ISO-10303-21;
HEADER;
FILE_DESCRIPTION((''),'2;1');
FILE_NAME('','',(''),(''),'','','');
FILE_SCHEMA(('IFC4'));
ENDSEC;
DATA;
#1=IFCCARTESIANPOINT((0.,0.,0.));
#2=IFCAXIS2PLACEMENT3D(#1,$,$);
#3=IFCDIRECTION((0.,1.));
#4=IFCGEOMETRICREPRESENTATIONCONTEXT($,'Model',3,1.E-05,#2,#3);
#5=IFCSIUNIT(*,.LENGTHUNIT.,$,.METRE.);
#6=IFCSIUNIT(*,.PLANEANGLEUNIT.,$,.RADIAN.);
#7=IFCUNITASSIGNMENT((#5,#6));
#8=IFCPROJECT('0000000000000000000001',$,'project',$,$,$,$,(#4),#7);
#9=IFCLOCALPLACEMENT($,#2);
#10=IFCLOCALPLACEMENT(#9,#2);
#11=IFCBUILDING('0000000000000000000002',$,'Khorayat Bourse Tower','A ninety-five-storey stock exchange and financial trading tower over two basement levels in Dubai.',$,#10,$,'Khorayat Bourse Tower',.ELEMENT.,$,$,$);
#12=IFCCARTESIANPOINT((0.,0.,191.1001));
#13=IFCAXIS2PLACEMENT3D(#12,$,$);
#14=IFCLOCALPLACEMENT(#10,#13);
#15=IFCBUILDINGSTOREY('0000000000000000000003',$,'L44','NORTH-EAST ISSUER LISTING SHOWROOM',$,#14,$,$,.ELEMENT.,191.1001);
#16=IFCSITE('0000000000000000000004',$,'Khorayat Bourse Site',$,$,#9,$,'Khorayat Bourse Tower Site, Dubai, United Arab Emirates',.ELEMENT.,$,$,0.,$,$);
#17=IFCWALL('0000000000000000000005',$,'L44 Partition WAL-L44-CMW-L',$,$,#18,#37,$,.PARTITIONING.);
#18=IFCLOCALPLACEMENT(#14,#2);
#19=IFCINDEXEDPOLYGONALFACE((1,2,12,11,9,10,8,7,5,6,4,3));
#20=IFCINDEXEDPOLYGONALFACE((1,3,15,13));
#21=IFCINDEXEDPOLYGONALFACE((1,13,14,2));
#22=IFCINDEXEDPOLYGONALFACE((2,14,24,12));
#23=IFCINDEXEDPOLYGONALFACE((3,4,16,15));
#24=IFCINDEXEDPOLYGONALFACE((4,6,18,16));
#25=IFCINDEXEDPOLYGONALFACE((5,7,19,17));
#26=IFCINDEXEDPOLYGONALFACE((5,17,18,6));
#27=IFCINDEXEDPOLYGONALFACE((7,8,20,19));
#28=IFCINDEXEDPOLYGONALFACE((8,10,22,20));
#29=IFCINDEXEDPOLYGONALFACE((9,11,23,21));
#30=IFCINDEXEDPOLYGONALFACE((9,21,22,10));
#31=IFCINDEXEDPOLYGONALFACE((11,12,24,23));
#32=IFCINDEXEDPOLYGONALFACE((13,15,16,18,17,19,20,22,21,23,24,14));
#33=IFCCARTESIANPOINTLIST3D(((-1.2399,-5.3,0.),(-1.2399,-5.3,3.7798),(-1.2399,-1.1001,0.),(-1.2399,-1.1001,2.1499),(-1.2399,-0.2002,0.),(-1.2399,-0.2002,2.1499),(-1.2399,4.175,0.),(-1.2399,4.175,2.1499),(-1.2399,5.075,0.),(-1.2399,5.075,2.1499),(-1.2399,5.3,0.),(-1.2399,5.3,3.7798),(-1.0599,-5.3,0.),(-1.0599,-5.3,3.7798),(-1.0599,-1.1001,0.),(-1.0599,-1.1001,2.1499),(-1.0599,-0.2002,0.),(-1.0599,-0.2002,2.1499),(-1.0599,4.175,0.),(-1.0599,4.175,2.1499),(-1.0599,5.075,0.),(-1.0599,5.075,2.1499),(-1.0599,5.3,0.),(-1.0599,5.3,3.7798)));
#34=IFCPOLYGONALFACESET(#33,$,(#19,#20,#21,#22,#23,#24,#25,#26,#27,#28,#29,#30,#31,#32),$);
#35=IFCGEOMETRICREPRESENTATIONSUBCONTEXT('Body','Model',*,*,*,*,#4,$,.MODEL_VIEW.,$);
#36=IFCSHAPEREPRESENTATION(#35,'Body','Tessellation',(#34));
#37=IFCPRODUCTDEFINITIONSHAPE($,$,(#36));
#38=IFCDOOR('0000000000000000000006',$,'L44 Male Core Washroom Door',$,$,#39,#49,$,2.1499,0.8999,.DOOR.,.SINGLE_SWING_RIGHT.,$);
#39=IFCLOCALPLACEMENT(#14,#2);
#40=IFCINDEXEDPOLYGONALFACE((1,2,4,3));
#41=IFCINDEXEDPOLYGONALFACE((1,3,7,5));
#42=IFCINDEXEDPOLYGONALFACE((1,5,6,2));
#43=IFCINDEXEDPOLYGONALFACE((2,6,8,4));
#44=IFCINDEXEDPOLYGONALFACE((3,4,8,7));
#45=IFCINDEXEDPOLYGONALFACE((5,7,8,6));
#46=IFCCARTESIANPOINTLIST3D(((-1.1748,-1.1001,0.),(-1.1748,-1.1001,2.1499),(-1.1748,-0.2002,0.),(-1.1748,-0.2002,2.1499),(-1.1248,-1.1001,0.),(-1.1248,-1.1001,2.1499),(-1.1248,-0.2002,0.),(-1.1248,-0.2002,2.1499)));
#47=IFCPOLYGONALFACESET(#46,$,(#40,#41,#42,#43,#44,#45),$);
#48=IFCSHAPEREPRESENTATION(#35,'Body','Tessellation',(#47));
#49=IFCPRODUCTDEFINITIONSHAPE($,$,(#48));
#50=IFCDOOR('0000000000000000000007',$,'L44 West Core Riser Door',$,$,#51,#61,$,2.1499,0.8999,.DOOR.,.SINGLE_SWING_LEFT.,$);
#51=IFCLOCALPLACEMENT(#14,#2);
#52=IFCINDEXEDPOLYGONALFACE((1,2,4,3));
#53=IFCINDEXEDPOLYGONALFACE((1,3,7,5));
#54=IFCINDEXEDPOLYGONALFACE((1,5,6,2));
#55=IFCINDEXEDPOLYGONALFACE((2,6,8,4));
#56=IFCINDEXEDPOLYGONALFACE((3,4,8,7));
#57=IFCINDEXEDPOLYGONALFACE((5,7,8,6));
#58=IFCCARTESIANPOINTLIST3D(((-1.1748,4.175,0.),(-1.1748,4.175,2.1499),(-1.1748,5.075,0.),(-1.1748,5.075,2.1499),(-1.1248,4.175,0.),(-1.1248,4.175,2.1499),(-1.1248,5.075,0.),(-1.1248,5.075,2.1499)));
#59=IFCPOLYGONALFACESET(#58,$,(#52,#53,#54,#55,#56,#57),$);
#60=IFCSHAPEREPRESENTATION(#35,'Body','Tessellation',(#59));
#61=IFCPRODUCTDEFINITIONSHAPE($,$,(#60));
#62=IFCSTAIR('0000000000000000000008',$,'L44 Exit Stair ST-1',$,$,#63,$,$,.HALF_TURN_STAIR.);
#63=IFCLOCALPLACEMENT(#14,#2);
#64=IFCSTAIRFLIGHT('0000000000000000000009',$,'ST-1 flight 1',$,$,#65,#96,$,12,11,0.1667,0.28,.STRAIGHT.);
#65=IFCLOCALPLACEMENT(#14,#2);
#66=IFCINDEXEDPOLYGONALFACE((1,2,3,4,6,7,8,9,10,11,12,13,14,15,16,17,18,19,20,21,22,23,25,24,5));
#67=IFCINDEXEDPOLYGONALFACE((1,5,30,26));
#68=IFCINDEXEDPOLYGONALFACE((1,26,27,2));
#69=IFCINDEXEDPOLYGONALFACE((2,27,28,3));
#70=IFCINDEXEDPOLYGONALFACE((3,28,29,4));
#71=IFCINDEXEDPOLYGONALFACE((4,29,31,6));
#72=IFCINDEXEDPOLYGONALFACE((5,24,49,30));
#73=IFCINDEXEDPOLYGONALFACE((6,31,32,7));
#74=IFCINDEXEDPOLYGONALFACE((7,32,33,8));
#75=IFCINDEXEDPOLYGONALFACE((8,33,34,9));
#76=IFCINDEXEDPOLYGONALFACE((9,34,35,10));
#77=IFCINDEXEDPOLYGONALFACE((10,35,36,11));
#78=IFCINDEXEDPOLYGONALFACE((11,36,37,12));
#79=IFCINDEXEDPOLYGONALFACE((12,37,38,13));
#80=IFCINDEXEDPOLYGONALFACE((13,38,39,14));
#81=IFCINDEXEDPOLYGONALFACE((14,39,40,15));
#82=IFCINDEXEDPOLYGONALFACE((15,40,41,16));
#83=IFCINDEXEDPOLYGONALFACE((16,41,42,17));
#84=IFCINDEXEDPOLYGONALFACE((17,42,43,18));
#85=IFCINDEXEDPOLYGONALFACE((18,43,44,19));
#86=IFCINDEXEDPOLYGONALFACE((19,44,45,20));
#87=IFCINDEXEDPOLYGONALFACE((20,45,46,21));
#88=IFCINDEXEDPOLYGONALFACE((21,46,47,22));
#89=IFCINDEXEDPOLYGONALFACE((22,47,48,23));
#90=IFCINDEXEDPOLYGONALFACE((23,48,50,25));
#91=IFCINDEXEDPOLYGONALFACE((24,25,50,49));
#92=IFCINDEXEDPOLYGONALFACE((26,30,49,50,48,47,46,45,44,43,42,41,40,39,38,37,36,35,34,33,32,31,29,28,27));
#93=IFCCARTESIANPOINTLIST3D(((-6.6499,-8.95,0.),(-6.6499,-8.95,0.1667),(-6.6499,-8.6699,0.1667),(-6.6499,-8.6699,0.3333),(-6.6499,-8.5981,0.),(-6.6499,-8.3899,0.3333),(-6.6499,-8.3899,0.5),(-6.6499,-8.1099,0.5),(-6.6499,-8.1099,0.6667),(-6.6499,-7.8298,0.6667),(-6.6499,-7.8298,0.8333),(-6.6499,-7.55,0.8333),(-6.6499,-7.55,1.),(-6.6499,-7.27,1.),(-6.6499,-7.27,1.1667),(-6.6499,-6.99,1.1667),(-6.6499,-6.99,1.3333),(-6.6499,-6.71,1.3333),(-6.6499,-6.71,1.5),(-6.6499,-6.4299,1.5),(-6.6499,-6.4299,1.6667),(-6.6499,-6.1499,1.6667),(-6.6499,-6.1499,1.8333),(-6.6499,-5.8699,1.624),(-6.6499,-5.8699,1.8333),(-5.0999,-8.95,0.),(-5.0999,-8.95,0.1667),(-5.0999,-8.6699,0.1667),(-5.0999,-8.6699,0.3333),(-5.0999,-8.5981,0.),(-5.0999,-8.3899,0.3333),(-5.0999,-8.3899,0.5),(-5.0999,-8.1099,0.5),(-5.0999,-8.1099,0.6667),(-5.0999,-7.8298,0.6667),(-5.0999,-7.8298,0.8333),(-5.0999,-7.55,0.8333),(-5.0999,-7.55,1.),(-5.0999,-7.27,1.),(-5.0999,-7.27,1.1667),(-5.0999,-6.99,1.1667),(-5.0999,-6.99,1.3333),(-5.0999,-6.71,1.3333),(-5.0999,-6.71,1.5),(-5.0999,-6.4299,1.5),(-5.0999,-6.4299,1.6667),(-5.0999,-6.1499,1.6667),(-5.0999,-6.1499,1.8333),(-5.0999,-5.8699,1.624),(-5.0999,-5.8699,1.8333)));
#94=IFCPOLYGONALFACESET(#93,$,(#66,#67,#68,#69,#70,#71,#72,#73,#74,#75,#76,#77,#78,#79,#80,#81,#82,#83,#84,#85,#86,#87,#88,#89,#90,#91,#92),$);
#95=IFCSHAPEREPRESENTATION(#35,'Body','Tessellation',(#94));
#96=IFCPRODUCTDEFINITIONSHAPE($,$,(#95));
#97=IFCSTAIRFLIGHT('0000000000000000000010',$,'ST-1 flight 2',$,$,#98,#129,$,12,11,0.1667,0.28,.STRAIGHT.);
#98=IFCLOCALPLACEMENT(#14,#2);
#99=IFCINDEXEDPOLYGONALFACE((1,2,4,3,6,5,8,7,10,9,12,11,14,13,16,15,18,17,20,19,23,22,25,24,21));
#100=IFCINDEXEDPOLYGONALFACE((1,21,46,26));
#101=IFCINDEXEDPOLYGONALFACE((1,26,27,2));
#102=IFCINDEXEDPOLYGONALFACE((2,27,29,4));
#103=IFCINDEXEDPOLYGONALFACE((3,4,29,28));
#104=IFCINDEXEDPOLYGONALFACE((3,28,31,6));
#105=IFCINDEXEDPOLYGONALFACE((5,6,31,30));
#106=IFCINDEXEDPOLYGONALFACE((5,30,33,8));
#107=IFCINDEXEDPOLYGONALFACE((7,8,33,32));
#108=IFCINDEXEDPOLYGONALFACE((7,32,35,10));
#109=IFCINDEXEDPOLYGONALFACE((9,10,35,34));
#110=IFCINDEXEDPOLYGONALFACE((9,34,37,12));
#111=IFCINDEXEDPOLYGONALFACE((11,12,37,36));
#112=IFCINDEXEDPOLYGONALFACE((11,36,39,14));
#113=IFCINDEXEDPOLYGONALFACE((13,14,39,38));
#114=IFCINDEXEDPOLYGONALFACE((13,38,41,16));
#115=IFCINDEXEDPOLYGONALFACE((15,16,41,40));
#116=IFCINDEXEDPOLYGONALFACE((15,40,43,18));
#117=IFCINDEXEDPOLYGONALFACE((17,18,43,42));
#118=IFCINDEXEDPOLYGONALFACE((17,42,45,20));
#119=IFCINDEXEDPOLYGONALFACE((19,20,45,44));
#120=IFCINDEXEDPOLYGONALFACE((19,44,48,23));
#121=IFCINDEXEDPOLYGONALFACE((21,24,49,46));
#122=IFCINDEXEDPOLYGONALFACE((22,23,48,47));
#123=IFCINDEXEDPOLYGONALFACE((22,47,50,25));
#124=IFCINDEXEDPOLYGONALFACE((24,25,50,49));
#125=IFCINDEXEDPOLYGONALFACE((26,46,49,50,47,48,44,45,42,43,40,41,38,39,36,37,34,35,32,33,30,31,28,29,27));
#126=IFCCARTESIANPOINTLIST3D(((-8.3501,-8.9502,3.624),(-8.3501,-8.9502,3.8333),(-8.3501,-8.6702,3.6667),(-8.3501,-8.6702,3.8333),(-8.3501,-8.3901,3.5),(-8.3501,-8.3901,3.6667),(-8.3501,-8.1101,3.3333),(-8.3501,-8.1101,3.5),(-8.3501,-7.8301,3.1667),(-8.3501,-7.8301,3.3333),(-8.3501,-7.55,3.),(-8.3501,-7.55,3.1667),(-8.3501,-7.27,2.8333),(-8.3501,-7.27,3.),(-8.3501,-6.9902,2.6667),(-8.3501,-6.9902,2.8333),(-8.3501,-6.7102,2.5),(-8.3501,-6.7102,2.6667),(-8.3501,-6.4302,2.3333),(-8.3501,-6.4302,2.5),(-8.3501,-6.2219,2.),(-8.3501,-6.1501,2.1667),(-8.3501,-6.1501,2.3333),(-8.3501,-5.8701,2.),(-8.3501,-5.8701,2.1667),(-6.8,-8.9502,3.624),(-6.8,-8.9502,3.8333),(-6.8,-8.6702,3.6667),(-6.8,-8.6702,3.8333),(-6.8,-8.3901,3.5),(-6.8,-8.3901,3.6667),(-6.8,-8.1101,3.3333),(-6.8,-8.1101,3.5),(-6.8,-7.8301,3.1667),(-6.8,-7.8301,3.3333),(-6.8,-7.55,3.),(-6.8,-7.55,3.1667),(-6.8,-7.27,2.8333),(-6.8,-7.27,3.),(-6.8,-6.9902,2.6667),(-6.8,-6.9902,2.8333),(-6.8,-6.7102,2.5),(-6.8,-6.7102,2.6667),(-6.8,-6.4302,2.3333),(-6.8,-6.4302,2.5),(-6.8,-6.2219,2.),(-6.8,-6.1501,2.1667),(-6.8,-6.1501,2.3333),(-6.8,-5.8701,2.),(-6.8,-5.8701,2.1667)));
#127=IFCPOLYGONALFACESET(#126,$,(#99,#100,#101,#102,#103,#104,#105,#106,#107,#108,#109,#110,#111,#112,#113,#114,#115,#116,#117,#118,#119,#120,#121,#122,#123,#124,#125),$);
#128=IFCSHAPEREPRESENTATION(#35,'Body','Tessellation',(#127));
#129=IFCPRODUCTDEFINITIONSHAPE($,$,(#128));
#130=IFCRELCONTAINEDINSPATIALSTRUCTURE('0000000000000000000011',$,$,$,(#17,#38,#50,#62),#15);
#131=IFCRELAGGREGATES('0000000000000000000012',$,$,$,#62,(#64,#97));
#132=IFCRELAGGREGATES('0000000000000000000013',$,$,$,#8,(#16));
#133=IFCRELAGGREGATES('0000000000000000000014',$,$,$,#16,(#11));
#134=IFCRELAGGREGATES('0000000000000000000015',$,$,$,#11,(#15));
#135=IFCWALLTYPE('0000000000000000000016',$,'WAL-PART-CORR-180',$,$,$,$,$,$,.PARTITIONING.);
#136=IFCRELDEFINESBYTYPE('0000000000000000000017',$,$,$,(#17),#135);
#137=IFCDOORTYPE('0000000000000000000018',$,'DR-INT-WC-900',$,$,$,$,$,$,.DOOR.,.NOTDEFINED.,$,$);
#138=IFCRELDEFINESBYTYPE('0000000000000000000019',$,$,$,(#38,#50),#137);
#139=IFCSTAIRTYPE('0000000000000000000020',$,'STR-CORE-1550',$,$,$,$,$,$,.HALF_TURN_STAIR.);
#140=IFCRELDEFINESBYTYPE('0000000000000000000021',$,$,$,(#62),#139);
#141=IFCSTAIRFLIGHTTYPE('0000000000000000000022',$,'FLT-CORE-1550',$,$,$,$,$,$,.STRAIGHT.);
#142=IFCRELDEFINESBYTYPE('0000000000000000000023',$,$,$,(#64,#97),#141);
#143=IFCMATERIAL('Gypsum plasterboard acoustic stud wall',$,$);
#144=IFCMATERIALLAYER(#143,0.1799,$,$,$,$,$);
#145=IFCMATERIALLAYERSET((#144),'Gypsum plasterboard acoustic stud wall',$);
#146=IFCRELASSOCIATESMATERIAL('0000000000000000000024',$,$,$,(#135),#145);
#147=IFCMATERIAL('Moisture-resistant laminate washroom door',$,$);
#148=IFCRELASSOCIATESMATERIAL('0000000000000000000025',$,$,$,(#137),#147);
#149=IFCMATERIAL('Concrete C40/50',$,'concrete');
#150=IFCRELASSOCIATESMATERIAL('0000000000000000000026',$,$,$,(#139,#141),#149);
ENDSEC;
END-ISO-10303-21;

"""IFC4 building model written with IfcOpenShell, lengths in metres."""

from ifc_helpers import new_model, si_unit, direction, frame, frame_2d, origin, place, context, subcontext, project, spatial, polyline, rectangle, outline, extrude, source, transform, mapped, material, layer, layer_set, type_object, element, fill, aggregate, save


model = new_model("IFC4")

# Units and contexts
model_context = context("Model", 3, precision=1e-05, world=origin(), true_north=direction((0.0, 1.0)))
body_context = subcontext(model_context, "Body", "Model", "MODEL_VIEW")
ifc_project = project(units=[si_unit("LENGTHUNIT", "METRE"), si_unit("PLANEANGLEUNIT", "RADIAN")], contexts=[model_context])

# Site, building, storey
site_placement = place(None, origin())
site = spatial("IfcSite", under=ifc_project, at=site_placement, Name="Khorayat Bourse Site", LongName="Khorayat Bourse Tower Site, Dubai, United Arab Emirates", CompositionType="ELEMENT", RefElevation=0.0)
building_placement = place(site_placement, origin())
building = spatial("IfcBuilding", under=site, at=building_placement, Name="Khorayat Bourse Tower", Description="A ninety-five-storey stock exchange and financial trading tower over two basement levels in Dubai.", LongName="Khorayat Bourse Tower", CompositionType="ELEMENT")
storey_placement = place(building_placement, frame((0.0, 0.0, 191.1001)))
storey = spatial("IfcBuildingStorey", under=building, at=storey_placement, Name="L44", Description="NORTH-EAST ISSUER LISTING SHOWROOM", CompositionType="ELEMENT", Elevation=191.1001)

# Shared definitions
ifc_material_1 = material(Name="Gypsum plasterboard acoustic stud wall")
ifc_layer_1 = layer(ifc_material_1, 0.1799)
ifc_layer_set_1 = layer_set([ifc_layer_1], Name="Gypsum plasterboard acoustic stud wall")
wall_type_1 = type_object("IfcWallType", Name="WAL-PART-CORR-180", PredefinedType="PARTITIONING", material=ifc_layer_set_1)

# Shared definitions
shared_shape_1 = source(origin(), body_context, "Body", "SweptSolid", [
    extrude(rectangle(XDim=0.8999, YDim=2.1499, at=frame_2d((0.45, 1.075))), frame((0.0, 0.0999, 0.0), z_axis=(0.0, -1.0, 0.0), x_axis=(1.0, 0.0, 0.0)), (0.0, 0.0, 1.0), 0.2),
])
ifc_material_2 = material(Name="Moisture-resistant laminate washroom door")
door_type_1 = type_object("IfcDoorType", Name="DR-INT-WC-900", OperationType="NOTDEFINED", PredefinedType="DOOR", material=ifc_material_2)
shared_shape_2 = source(origin(), body_context, "Body", "SweptSolid", [
    extrude(rectangle(XDim=0.8999, YDim=2.1499, at=frame_2d((0.45, 1.075))), frame((0.0, 0.0249, 0.0), z_axis=(0.0, -1.0, 0.0), x_axis=(1.0, 0.0, 0.0)), (0.0, 0.0, 1.0), 0.05),
])

# Wall, openings, doors
shared_shape_3 = source(origin(), body_context, "Body", "SweptSolid", [
    extrude(rectangle(XDim=10.6001, YDim=0.1799, at=frame_2d((5.3, 0.0))), origin(), (0.0, 0.0, 1.0), 3.7798),
])
wall_1_placement = place(storey_placement, frame((-1.1499, -5.3, 0.0), z_axis=(0.0, 0.0, 1.0), x_axis=(0.0, 1.0, 0.0)))
wall_1 = element("IfcWall", 1, at=wall_1_placement, inside=storey, type_object=wall_type_1, Name="L44 Partition WAL-L44-CMW-L", PredefinedType="PARTITIONING", context=body_context, shape_type="MappedRepresentation", body=[
    mapped(shared_shape_3, transform((0.0, 0.0, 0.0), scale=1.0)),
])
opening_1_placement = place(wall_1_placement, frame((4.2, 0.0, 0.0)))
opening_1 = element("IfcOpeningElement", 2, at=opening_1_placement, cuts=wall_1, PredefinedType="OPENING", context=body_context, shape_type="MappedRepresentation", body=[
    mapped(shared_shape_1, transform((0.0, 0.0, 0.0), scale=1.0)),
])
opening_2_placement = place(wall_1_placement, frame((9.4751, 0.0, 0.0)))
opening_2 = element("IfcOpeningElement", 3, at=opening_2_placement, cuts=wall_1, PredefinedType="OPENING", context=body_context, shape_type="MappedRepresentation", body=[
    mapped(shared_shape_1, transform((0.0, 0.0, 0.0), scale=1.0)),
])
door_1_placement = place(opening_1_placement, origin())
door_1 = element("IfcDoor", 4, at=door_1_placement, inside=storey, type_object=door_type_1, Name="L44 Male Core Washroom Door", OperationType="SINGLE_SWING_RIGHT", OverallHeight=2.1499, OverallWidth=0.8999, PredefinedType="DOOR", context=body_context, shape_type="MappedRepresentation", body=[
    mapped(shared_shape_2, transform((0.0, 0.0, 0.0), scale=1.0)),
])
fill(opening_1, door_1)
door_2_placement = place(opening_2_placement, origin())
door_2 = element("IfcDoor", 5, at=door_2_placement, inside=storey, type_object=door_type_1, Name="L44 West Core Riser Door", OperationType="SINGLE_SWING_LEFT", OverallHeight=2.1499, OverallWidth=0.8999, PredefinedType="DOOR", context=body_context, shape_type="MappedRepresentation", body=[
    mapped(shared_shape_2, transform((0.0, 0.0, 0.0), scale=1.0)),
])
fill(opening_2, door_2)

# Stair, stair flights
ifc_material_3 = material(Name="Concrete C40/50", Category="concrete")
stair_type = type_object("IfcStairType", Name="STR-CORE-1550", PredefinedType="HALF_TURN_STAIR", material=ifc_material_3)
stair_placement = place(storey_placement, origin())
stair = element("IfcStair", 6, at=stair_placement, inside=storey, type_object=stair_type, Name="L44 Exit Stair ST-1", PredefinedType="HALF_TURN_STAIR")
stair_flight_type = type_object("IfcStairFlightType", Name="FLT-CORE-1550", PredefinedType="STRAIGHT", material=ifc_material_3)
shared_shape_4 = source(origin(), body_context, "Body", "SweptSolid", [
    extrude(outline(polyline([(0.0, 0.0), (0.0, 0.1667), (0.28, 0.1667), (0.28, 0.3333), (0.5601, 0.3333), (0.5601, 0.5), (0.8401, 0.5), (0.8401, 0.6667), (1.1201, 0.6667), (1.1201, 0.8333), (1.3999, 0.8333), (1.3999, 1.0), (1.6799, 1.0), (1.6799, 1.1667), (1.96, 1.1667), (1.96, 1.3333), (2.24, 1.3333), (2.24, 1.5), (2.52, 1.5), (2.52, 1.6667), (2.8, 1.6667), (2.8, 1.8333), (3.0801, 1.8333), (3.0801, 2.0), (3.0801, 1.624), (0.3518, 0.0), (0.0, 0.0)])), frame((0.0, 0.7749, 0.0), z_axis=(0.0, -1.0, 0.0), x_axis=(1.0, 0.0, 0.0)), (0.0, 0.0, 1.0), 1.55),
])
stair_flight_1_placement = place(storey_placement, frame((-5.875, -8.95, 0.0), z_axis=(0.0, 0.0, 1.0), x_axis=(0.0, 1.0, 0.0)))
stair_flight_1 = element("IfcStairFlight", 7, at=stair_flight_1_placement, type_object=stair_flight_type, Name="ST-1 flight 1", NumberOfRisers=12, NumberOfTreads=11, PredefinedType="STRAIGHT", RiserHeight=0.1667, TreadLength=0.28, context=body_context, shape_type="MappedRepresentation", body=[
    mapped(shared_shape_4, transform((0.0, 0.0, 0.0), scale=1.0)),
])
stair_flight_2_placement = place(storey_placement, frame((-7.575, -5.8701, 2.0), z_axis=(0.0, 0.0, 1.0), x_axis=(0.0, -1.0, 0.0)))
stair_flight_2 = element("IfcStairFlight", 8, at=stair_flight_2_placement, type_object=stair_flight_type, Name="ST-1 flight 2", NumberOfRisers=12, NumberOfTreads=11, PredefinedType="STRAIGHT", RiserHeight=0.1667, TreadLength=0.28, context=body_context, shape_type="MappedRepresentation", body=[
    mapped(shared_shape_4, transform((0.0, 0.0, 0.0), scale=1.0)),
])
aggregate(stair, [stair_flight_1, stair_flight_2])

save(model, "model.ifc")
